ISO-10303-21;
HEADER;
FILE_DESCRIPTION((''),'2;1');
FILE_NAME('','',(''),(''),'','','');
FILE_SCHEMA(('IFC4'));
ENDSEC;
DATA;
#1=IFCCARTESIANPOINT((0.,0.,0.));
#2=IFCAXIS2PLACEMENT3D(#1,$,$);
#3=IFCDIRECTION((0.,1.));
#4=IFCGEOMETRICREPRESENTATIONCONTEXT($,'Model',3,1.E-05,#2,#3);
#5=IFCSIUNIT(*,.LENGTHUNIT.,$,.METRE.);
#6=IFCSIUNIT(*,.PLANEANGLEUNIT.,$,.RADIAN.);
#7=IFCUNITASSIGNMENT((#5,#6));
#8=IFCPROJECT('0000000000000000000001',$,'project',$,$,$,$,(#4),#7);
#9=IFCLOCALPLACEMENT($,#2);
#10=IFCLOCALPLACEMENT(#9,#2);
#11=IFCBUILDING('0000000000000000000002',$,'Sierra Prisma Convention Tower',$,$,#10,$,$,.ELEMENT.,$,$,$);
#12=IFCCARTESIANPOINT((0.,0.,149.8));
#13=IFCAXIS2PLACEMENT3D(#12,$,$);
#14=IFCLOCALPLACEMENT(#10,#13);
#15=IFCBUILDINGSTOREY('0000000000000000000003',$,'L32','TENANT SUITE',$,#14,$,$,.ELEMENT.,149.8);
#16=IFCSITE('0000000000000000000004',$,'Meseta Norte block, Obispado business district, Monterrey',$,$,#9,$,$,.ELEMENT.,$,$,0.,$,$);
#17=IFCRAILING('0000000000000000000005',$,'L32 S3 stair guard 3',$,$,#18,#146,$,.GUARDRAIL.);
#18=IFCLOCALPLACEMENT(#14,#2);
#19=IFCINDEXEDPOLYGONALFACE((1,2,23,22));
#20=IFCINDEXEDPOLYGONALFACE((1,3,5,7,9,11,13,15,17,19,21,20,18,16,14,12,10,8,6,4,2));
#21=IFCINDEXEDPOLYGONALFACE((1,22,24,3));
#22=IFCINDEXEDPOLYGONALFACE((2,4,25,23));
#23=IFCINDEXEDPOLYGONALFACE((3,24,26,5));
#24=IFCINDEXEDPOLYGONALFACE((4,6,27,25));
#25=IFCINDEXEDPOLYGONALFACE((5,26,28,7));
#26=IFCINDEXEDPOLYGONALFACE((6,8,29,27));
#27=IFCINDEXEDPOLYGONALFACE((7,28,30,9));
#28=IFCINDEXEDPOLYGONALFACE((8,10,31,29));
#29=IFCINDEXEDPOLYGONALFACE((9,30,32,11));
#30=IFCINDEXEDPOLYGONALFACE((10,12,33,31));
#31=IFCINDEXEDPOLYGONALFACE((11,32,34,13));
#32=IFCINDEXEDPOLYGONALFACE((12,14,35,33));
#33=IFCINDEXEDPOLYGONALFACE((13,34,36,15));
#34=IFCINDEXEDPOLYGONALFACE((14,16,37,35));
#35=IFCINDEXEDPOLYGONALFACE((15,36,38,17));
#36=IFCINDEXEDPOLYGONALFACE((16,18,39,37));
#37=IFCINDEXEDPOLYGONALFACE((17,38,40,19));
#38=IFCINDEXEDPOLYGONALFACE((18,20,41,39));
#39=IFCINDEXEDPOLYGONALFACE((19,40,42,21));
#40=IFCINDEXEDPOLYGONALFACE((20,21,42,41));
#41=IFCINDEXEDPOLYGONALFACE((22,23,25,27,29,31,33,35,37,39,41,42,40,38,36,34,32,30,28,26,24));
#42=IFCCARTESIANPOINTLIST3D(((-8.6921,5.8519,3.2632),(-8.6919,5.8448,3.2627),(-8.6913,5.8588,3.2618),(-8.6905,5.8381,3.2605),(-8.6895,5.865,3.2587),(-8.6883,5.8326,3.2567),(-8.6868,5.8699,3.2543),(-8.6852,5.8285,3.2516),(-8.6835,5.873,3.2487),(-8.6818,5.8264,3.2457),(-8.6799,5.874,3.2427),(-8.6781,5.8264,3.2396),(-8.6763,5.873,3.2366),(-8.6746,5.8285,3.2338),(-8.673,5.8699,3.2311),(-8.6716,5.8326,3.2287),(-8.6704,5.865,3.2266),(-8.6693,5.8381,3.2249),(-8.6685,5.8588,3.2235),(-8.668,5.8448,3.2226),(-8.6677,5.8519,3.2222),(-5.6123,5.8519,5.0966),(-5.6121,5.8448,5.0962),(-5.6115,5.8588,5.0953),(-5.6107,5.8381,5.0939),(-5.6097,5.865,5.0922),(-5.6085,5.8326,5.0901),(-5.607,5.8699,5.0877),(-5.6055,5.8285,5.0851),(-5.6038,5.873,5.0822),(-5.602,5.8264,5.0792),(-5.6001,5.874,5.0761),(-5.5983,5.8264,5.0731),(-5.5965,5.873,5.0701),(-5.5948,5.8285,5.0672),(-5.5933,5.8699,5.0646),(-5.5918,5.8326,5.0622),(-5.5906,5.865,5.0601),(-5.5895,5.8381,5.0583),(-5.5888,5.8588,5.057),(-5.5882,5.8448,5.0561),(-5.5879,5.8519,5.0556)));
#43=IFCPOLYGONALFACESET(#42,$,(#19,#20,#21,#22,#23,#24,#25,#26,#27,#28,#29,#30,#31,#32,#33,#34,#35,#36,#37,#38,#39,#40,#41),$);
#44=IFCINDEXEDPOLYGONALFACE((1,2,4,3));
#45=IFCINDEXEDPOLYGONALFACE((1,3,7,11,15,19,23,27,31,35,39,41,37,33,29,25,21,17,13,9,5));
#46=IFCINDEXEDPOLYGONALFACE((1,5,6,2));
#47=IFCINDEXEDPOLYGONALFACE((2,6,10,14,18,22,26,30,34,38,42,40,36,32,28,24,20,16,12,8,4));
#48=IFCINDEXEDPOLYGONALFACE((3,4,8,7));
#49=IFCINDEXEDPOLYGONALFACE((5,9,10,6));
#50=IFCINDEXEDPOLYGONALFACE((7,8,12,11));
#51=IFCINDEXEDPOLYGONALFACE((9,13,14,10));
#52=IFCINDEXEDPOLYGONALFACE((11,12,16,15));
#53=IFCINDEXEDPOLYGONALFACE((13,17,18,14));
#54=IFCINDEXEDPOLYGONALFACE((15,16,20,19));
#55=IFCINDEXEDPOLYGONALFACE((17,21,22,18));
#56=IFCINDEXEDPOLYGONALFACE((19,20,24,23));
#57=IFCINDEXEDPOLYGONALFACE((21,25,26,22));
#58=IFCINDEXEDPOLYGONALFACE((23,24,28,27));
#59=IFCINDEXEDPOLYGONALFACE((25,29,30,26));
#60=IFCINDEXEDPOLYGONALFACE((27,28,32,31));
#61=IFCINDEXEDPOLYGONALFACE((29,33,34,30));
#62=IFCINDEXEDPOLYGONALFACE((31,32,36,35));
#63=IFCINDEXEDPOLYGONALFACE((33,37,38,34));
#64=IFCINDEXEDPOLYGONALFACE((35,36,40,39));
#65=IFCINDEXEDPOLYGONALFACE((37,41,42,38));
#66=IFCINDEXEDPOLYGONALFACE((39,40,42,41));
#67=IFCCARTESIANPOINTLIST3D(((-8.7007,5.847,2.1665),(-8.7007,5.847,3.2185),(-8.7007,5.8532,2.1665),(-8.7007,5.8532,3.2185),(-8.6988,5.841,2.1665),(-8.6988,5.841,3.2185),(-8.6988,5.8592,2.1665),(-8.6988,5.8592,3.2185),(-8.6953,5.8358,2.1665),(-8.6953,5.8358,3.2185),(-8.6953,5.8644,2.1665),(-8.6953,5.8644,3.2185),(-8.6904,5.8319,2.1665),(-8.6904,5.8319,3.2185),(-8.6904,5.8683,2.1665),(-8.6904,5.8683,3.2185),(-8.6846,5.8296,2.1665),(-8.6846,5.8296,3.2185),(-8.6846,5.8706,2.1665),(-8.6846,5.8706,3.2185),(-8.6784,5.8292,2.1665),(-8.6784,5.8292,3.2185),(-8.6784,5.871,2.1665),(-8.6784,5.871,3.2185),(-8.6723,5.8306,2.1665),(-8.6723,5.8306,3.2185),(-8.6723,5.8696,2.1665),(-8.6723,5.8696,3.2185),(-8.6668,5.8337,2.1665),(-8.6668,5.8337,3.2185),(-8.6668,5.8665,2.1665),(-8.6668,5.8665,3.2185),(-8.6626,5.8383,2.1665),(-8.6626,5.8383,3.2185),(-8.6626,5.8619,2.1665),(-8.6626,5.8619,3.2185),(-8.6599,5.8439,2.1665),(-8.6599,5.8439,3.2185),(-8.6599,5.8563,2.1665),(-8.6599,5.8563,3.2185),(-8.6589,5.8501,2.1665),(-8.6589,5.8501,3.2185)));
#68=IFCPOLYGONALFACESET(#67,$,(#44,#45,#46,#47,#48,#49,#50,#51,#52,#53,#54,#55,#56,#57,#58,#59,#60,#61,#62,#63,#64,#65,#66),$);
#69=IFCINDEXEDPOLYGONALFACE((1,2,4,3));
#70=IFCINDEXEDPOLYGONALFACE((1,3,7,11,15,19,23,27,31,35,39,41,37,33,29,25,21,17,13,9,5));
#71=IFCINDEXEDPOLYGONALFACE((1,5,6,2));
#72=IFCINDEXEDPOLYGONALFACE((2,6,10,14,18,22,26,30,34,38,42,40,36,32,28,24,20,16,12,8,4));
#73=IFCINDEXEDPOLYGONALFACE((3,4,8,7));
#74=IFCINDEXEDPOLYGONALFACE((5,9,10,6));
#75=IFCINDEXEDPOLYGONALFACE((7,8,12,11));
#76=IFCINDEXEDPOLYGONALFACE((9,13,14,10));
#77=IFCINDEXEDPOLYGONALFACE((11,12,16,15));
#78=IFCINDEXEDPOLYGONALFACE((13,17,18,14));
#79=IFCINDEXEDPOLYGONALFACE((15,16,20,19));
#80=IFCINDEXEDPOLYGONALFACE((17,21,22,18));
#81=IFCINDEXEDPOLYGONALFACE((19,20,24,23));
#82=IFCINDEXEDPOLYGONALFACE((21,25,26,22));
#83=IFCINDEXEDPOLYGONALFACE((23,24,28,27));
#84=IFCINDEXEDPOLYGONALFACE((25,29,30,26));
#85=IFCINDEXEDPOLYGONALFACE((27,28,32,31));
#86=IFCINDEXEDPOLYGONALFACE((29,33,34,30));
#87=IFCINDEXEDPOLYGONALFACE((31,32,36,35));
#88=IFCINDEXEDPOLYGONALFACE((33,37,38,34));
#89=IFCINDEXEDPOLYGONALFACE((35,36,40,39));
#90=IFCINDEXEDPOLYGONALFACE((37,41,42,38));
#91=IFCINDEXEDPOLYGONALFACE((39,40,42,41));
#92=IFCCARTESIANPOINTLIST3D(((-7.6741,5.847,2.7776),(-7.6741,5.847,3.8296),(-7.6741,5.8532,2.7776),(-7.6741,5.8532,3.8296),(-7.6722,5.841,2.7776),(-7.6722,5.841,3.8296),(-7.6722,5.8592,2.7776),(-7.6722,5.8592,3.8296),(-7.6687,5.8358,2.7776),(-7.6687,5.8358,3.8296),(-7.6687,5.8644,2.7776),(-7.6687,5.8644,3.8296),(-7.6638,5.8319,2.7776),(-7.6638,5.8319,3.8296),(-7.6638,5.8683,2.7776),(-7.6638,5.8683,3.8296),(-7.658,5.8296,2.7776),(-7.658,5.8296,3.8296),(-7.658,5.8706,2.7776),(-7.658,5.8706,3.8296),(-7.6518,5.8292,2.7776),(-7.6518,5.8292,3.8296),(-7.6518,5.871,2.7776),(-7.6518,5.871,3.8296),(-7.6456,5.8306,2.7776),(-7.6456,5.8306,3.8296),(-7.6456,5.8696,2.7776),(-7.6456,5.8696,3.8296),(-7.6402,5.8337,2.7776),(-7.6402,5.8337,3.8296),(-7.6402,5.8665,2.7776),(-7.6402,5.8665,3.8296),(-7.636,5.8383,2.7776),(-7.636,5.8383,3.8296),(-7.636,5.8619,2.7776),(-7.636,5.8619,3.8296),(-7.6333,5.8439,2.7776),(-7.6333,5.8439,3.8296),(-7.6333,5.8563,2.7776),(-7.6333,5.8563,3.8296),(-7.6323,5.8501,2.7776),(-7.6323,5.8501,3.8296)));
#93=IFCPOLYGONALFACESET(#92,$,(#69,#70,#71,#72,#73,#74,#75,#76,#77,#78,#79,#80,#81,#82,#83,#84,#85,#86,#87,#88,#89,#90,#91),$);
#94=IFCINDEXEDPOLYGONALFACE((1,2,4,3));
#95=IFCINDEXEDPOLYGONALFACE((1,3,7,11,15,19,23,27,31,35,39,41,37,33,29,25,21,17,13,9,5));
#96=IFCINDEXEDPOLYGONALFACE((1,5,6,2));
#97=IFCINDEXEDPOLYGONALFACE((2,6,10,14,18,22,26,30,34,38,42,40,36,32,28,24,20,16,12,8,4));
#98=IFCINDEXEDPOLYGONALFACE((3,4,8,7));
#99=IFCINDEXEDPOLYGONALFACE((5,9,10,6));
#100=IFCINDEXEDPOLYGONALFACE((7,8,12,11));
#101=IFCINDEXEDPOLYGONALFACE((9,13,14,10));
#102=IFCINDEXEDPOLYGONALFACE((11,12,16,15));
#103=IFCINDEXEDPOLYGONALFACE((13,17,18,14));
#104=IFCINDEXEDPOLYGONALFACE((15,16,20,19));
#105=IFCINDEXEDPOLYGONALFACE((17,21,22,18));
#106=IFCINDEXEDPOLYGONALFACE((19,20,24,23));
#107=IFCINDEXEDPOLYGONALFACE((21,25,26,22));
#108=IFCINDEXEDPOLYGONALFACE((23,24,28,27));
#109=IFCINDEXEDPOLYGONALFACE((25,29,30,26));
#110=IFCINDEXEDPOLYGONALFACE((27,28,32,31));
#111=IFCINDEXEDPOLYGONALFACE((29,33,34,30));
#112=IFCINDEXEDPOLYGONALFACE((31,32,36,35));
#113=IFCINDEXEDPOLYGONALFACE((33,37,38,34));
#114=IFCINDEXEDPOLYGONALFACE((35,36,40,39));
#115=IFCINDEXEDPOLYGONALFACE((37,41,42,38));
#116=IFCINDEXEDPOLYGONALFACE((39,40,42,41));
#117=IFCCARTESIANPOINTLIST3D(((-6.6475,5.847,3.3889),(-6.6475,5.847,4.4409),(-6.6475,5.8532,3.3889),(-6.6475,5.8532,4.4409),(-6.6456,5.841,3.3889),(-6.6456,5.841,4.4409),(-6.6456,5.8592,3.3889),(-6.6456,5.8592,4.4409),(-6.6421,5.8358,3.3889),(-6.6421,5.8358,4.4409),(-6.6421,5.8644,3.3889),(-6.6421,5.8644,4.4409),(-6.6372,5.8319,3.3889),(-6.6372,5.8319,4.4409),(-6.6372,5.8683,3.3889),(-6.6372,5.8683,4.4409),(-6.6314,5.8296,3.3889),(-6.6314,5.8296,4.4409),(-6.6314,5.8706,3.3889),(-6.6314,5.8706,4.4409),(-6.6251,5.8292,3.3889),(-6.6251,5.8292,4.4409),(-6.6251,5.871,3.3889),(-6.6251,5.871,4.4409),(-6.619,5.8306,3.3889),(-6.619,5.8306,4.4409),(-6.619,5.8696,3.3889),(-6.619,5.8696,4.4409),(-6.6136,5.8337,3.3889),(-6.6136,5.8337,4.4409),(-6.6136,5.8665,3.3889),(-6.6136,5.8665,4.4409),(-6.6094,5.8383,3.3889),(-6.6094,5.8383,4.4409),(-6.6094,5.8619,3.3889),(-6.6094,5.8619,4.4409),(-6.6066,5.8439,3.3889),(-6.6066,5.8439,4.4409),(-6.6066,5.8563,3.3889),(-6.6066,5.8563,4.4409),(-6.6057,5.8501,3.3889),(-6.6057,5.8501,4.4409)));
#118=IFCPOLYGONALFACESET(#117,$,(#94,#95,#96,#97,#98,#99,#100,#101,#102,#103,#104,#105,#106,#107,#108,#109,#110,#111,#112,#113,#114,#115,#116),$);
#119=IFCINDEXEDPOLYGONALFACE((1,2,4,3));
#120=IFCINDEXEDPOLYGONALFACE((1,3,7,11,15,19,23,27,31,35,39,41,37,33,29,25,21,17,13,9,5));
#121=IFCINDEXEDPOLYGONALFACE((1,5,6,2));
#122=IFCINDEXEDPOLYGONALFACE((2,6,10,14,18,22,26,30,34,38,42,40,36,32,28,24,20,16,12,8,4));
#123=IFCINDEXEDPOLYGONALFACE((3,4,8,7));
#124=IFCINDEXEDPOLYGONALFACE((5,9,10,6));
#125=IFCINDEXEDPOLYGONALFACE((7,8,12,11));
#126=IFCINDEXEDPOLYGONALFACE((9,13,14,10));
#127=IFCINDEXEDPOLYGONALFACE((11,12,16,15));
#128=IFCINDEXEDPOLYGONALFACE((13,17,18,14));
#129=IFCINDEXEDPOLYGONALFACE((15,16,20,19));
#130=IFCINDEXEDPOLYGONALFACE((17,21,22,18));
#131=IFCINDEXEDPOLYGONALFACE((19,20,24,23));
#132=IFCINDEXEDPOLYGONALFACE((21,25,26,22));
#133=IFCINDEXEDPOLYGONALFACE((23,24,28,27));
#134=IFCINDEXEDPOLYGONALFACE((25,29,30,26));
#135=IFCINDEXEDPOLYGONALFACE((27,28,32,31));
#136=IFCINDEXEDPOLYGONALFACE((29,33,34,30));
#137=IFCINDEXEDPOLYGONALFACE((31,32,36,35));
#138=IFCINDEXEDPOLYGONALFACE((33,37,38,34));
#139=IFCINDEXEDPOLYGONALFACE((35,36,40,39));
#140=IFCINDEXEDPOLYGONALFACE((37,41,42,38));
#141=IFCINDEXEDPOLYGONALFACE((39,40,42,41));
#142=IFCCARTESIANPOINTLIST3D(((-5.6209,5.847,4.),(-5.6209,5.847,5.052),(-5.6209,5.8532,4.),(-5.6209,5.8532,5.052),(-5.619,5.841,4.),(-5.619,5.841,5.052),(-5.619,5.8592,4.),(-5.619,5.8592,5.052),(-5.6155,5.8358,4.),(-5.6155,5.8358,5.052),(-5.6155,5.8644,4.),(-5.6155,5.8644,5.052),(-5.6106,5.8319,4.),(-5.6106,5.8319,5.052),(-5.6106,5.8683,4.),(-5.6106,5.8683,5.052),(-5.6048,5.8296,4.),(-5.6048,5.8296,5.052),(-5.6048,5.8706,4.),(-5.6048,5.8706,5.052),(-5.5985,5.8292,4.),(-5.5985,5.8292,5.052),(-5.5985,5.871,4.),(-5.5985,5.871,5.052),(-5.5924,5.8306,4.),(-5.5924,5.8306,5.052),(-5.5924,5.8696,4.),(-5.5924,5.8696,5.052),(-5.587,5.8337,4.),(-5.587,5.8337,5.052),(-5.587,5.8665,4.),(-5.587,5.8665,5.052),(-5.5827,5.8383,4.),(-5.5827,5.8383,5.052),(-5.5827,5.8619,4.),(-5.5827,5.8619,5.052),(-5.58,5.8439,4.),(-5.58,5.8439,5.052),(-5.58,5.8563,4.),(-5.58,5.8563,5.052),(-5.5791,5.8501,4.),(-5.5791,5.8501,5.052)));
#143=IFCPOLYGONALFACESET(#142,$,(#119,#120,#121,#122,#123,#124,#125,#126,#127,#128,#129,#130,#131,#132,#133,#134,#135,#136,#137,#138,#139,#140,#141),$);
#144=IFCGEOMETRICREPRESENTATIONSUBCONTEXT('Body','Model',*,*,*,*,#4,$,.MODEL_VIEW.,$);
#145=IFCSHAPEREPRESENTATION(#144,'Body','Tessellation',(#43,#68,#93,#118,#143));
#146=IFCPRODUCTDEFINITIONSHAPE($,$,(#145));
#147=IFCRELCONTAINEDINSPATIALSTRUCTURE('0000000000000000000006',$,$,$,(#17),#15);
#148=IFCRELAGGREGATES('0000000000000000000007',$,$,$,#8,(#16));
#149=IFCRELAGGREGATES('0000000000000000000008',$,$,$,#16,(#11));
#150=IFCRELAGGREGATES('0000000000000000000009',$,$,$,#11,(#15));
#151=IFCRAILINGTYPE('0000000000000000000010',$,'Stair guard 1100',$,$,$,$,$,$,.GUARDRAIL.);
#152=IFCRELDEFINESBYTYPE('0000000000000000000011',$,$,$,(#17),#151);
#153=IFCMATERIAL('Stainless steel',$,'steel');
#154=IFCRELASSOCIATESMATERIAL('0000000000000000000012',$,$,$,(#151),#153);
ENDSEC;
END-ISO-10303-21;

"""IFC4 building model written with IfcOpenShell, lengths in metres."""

from ifc_helpers import new_model, si_unit, direction, frame, origin, origin_2d, place, context, subcontext, project, spatial, circle, extrude, material, type_object, element, save


model = new_model("IFC4")

# Units and contexts
model_context = context("Model", 3, precision=1e-05, world=origin(), true_north=direction((0.0, 1.0)))
body_context = subcontext(model_context, "Body", "Model", "MODEL_VIEW")
ifc_project = project(units=[si_unit("LENGTHUNIT", "METRE"), si_unit("PLANEANGLEUNIT", "RADIAN")], contexts=[model_context])

# Site, building, storey
site_placement = place(None, origin())
site = spatial("IfcSite", under=ifc_project, at=site_placement, Name="Meseta Norte block, Obispado business district, Monterrey", CompositionType="ELEMENT", RefElevation=0.0)
building_placement = place(site_placement, origin())
building = spatial("IfcBuilding", under=site, at=building_placement, Name="Sierra Prisma Convention Tower", CompositionType="ELEMENT")
storey_placement = place(building_placement, frame((0.0, 0.0, 149.8)))
storey = spatial("IfcBuildingStorey", under=building, at=storey_placement, Name="L32", Description="TENANT SUITE", CompositionType="ELEMENT", Elevation=149.8)

# Railing
ifc_material_1 = material(Name="Stainless steel", Category="steel")
railing_type_1 = type_object("IfcRailingType", Name="Stair guard 1100", PredefinedType="GUARDRAIL", material=ifc_material_1)
railing_1_placement = place(storey_placement, frame((-8.6799, 5.8501, 2.1665)))
element("IfcRailing", 1, at=railing_1_placement, inside=storey, type_object=railing_type_1, Name="L32 S3 stair guard 3", PredefinedType="GUARDRAIL", context=body_context, shape_type="SweptSolid", body=[
    extrude(circle(Radius=0.0239, at=origin_2d()), frame((0.0, 0.0, 1.0762), z_axis=(0.859261, 0.0, 0.511538), x_axis=(0.0, 1.0, 0.0)), (0.0, 0.0, 1.0), 3.5842),
    extrude(circle(Radius=0.021, at=origin_2d()), origin(), (0.0, 0.0, 1.0), 1.052),
    extrude(circle(Radius=0.021, at=origin_2d()), frame((1.0266, 0.0, 0.6111)), (0.0, 0.0, 1.0), 1.052),
    extrude(circle(Radius=0.021, at=origin_2d()), frame((2.0532, 0.0, 1.2224)), (0.0, 0.0, 1.0), 1.052),
    extrude(circle(Radius=0.021, at=origin_2d()), frame((3.0798, 0.0, 1.8335)), (0.0, 0.0, 1.0), 1.052),
])

save(model, "model.ifc")
